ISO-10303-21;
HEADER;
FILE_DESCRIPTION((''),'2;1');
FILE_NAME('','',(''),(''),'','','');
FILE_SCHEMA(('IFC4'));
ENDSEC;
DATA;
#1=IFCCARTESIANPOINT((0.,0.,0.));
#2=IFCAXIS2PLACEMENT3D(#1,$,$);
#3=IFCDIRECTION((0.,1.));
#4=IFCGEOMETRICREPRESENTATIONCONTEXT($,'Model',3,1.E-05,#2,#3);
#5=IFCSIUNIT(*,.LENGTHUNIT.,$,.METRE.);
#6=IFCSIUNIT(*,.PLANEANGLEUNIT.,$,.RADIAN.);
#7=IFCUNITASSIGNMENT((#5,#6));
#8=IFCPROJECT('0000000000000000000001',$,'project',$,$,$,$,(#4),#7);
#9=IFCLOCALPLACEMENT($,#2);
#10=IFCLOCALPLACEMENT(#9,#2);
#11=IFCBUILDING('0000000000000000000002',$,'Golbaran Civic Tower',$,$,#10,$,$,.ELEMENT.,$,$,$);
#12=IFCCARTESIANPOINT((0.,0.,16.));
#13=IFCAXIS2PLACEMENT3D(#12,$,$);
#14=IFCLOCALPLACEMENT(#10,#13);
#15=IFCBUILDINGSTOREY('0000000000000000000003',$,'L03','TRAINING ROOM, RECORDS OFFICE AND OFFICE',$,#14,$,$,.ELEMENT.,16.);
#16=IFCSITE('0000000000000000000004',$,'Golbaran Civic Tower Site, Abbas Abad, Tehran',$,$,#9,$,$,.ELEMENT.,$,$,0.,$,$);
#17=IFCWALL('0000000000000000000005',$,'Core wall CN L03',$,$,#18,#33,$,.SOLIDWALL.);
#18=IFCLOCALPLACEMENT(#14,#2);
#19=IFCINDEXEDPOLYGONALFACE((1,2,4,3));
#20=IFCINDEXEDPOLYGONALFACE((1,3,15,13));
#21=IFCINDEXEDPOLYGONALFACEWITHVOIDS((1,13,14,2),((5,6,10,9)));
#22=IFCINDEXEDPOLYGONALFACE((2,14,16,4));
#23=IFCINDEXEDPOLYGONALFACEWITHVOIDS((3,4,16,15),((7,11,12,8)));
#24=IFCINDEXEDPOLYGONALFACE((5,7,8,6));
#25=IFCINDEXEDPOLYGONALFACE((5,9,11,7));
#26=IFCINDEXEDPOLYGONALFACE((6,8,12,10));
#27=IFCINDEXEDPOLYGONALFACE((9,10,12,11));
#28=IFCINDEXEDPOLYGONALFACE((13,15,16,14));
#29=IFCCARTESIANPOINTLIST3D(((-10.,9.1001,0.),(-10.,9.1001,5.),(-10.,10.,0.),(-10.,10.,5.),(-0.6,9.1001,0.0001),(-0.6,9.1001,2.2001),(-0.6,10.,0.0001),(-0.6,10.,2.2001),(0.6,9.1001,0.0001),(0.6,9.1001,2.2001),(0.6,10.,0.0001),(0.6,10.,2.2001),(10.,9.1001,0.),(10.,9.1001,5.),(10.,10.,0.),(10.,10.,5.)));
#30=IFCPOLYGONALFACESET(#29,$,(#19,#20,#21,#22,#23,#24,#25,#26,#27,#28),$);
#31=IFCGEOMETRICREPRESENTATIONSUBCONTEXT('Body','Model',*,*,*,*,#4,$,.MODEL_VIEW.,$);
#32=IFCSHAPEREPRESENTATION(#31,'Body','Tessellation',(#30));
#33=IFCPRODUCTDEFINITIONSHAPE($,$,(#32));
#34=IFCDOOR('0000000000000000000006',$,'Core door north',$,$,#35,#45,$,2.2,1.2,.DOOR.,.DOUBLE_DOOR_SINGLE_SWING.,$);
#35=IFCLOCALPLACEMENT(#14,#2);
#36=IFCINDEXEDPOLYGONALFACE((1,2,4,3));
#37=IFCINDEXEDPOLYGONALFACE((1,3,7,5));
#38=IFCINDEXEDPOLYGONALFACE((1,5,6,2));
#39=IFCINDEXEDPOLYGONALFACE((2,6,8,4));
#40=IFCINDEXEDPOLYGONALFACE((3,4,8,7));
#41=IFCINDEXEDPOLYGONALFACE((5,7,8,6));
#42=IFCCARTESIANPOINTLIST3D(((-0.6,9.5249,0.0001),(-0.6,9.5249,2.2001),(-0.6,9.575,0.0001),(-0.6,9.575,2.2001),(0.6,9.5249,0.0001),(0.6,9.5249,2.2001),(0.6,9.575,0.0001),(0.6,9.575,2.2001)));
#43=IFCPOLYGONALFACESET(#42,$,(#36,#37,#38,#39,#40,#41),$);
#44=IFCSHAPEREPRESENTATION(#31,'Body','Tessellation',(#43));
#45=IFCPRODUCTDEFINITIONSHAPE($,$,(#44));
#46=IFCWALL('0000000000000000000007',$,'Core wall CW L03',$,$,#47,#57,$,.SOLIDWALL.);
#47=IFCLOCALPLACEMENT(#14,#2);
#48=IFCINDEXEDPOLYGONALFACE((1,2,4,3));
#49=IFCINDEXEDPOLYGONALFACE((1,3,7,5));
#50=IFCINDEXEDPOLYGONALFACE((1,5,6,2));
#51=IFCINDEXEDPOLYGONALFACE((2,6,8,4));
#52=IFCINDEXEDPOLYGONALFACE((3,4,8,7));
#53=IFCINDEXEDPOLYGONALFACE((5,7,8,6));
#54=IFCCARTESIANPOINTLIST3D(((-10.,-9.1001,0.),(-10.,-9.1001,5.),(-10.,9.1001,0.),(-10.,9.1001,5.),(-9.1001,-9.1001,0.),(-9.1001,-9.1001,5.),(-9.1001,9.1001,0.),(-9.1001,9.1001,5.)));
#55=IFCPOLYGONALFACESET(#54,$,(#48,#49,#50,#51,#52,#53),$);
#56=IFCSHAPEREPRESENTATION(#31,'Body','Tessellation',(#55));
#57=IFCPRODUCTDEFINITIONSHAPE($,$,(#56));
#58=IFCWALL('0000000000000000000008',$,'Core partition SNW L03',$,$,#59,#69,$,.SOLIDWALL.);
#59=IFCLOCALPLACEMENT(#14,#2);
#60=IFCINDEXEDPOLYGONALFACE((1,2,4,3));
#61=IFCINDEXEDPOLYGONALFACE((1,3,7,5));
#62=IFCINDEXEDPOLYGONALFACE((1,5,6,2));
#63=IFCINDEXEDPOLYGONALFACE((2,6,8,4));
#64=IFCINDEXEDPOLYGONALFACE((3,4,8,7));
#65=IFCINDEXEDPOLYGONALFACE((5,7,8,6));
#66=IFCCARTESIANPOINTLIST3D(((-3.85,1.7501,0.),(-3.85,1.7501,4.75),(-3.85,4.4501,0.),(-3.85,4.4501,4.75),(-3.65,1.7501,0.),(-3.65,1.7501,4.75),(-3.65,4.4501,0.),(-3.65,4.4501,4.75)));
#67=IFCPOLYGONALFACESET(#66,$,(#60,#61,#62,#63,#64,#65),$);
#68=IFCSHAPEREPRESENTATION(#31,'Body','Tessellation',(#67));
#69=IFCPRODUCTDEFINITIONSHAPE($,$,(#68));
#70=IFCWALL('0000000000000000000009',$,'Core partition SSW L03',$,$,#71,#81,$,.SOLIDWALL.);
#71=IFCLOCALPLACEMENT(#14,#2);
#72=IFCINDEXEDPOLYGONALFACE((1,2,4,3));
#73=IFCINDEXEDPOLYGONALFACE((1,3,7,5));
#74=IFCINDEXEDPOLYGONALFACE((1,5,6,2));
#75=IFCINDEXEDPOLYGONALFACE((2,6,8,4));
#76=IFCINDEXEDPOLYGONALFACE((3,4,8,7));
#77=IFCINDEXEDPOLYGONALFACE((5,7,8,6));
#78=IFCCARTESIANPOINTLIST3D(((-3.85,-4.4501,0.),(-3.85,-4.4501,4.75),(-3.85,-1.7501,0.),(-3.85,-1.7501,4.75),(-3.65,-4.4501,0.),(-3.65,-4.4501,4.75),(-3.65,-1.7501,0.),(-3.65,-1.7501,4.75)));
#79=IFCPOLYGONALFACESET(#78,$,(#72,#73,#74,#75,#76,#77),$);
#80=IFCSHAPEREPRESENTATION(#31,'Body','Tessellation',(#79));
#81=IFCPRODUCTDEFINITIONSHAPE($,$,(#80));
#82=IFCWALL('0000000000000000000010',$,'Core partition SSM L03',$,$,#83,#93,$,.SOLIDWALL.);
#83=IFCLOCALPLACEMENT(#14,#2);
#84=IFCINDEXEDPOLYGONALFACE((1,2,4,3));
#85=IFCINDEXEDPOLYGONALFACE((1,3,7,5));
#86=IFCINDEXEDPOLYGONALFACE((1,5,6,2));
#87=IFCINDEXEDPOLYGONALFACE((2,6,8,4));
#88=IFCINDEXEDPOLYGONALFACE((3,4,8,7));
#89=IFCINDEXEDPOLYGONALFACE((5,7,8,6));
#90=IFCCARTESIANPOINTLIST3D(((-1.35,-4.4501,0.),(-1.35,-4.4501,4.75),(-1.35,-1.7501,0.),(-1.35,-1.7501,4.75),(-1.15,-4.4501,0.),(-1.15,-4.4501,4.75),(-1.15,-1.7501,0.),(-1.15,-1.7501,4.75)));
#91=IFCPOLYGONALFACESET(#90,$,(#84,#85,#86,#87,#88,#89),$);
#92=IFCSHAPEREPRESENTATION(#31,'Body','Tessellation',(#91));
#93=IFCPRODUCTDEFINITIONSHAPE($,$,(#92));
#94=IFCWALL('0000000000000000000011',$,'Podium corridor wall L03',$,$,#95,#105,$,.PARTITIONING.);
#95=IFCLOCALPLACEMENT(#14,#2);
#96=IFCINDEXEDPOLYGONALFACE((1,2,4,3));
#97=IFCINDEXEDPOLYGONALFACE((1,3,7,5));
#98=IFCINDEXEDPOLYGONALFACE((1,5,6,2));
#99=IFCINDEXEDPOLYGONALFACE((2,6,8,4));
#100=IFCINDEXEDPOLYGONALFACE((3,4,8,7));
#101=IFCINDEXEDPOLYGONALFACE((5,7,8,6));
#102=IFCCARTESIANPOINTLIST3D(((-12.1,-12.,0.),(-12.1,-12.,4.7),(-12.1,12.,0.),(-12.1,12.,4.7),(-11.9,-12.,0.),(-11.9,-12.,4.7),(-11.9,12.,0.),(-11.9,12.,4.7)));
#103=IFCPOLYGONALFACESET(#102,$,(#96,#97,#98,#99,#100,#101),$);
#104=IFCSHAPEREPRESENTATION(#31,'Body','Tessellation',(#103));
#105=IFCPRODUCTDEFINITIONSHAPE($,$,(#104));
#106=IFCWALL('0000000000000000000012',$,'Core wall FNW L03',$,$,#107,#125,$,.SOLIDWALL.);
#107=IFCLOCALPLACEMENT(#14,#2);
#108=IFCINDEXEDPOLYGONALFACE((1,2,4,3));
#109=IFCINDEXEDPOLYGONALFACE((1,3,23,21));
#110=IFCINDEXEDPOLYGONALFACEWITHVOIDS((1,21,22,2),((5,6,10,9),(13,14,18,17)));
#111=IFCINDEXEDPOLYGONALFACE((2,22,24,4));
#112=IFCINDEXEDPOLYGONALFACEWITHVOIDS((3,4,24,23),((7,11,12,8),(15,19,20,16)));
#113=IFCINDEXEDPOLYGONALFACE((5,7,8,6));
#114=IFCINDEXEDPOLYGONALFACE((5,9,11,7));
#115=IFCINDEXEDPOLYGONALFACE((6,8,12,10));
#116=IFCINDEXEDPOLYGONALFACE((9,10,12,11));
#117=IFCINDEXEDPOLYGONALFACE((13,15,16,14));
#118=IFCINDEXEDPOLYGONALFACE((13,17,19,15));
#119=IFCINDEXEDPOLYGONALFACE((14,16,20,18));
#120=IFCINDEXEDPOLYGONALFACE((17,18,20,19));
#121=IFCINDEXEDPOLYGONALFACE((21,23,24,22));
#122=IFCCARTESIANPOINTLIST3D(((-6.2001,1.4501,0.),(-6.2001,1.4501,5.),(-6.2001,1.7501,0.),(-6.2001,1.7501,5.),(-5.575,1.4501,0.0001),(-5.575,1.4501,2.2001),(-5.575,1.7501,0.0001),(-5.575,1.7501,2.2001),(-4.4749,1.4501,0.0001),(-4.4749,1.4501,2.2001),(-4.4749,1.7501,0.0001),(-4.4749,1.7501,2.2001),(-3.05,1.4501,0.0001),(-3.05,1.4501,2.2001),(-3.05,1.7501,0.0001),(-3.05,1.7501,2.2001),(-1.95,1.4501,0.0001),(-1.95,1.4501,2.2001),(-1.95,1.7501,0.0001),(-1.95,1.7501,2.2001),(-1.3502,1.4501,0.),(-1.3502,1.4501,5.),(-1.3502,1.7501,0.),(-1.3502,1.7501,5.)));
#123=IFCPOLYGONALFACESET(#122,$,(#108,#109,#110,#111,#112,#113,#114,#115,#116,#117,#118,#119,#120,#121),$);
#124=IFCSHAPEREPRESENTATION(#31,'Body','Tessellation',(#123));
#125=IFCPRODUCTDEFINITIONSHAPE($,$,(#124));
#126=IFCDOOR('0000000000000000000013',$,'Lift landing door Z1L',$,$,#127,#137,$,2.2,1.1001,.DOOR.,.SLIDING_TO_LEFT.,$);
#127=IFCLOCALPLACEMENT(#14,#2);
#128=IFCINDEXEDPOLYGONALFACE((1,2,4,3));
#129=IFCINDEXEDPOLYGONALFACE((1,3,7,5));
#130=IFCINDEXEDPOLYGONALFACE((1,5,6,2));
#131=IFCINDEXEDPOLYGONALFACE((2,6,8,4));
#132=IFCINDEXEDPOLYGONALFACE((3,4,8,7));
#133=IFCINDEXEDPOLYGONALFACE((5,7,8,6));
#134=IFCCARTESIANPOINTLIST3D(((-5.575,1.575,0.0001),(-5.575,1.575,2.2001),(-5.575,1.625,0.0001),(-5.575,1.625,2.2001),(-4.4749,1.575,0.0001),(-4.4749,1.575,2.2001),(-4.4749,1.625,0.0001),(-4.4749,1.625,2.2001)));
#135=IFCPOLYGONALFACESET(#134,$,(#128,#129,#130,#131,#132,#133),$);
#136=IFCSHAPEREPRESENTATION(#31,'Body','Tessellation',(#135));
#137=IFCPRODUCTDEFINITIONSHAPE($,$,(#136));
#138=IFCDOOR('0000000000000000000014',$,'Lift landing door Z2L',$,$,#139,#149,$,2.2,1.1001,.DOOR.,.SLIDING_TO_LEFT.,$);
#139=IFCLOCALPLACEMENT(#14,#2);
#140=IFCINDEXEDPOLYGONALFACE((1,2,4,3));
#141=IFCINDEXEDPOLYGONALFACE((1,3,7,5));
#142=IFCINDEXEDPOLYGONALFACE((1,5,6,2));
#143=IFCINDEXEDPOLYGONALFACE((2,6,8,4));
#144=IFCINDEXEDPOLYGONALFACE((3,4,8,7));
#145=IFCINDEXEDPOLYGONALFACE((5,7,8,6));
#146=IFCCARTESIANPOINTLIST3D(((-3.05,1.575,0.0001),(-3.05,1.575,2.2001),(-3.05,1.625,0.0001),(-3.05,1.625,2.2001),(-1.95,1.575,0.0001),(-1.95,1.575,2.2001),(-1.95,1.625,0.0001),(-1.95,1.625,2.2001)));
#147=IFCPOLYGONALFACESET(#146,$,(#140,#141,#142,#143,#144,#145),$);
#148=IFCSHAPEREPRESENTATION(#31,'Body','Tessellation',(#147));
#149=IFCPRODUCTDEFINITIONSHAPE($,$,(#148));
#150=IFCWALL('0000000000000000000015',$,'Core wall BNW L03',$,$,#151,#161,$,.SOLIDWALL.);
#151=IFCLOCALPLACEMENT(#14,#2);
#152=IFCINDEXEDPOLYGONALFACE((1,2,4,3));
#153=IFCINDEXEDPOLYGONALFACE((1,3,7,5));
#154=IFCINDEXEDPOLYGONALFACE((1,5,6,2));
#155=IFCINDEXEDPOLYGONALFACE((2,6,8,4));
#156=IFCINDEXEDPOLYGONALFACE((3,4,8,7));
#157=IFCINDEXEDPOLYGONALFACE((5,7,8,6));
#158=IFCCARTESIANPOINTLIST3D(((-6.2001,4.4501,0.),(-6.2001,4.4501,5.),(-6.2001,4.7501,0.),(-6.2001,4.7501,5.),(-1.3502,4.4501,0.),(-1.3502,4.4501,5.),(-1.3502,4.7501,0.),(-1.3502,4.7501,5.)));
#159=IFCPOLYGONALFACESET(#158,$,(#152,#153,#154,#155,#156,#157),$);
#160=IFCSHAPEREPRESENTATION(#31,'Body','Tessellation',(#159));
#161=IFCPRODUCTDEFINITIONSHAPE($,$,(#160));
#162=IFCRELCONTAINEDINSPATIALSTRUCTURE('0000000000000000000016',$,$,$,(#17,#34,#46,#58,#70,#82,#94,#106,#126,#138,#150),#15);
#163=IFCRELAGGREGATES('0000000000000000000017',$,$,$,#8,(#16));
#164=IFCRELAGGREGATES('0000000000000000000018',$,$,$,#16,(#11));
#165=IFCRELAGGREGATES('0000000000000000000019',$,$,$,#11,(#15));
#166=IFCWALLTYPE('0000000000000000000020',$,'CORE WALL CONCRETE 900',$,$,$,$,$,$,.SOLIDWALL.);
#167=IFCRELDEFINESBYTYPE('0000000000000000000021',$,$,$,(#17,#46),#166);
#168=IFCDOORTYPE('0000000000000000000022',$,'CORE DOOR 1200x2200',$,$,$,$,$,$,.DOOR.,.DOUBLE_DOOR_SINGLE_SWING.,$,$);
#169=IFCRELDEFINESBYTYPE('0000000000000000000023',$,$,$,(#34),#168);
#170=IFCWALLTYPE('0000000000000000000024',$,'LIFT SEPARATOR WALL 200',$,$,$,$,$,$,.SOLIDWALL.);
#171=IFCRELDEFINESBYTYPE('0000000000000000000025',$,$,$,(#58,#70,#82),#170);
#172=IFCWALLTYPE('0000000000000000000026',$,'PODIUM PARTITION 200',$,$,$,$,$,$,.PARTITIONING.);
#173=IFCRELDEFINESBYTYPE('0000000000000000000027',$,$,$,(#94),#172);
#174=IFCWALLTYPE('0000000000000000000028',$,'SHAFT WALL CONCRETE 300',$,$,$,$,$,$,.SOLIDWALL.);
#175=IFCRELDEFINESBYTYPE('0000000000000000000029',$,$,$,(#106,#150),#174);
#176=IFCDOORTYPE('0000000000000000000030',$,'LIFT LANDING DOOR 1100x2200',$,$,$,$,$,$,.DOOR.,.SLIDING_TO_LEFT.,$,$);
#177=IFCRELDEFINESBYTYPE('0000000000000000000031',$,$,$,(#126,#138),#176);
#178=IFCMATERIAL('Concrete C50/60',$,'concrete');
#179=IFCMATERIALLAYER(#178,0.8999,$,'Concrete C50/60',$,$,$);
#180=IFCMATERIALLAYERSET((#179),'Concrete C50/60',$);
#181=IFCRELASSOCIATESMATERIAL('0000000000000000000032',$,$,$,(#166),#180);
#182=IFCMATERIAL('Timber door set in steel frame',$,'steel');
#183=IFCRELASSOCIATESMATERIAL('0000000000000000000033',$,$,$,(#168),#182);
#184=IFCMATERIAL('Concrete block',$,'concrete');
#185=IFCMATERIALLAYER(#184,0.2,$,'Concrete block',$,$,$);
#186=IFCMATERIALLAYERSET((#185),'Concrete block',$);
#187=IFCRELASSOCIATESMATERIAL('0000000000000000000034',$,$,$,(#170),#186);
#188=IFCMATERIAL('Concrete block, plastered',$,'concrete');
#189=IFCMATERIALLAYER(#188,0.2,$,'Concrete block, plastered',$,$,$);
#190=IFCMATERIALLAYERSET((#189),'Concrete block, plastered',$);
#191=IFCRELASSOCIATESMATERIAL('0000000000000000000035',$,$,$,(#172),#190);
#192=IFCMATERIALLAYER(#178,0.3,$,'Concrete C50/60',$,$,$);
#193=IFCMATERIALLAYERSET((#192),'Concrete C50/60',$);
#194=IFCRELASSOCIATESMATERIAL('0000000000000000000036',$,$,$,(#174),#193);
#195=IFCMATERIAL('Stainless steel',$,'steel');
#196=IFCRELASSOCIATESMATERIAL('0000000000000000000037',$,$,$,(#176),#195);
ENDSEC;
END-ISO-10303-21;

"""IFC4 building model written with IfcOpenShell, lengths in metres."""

from ifc_helpers import new_model, si_unit, direction, frame, frame_2d, origin, place, context, subcontext, project, spatial, rectangle, extrude, material, layer, layer_set, type_object, element, fill, save


model = new_model("IFC4")

# Units and contexts
model_context = context("Model", 3, precision=1e-05, world=origin(), true_north=direction((0.0, 1.0)))
body_context = subcontext(model_context, "Body", "Model", "MODEL_VIEW")
ifc_project = project(units=[si_unit("LENGTHUNIT", "METRE"), si_unit("PLANEANGLEUNIT", "RADIAN")], contexts=[model_context])

# Site, building, storey
site_placement = place(None, origin())
site = spatial("IfcSite", under=ifc_project, at=site_placement, Name="Golbaran Civic Tower Site, Abbas Abad, Tehran", CompositionType="ELEMENT", RefElevation=0.0)
building_placement = place(site_placement, origin())
building = spatial("IfcBuilding", under=site, at=building_placement, Name="Golbaran Civic Tower", CompositionType="ELEMENT")
storey_placement = place(building_placement, frame((0.0, 0.0, 16.0)))
storey = spatial("IfcBuildingStorey", under=building, at=storey_placement, Name="L03", Description="TRAINING ROOM, RECORDS OFFICE AND OFFICE", CompositionType="ELEMENT", Elevation=16.0)

# Wall, opening, door
ifc_material_1 = material(Name="Concrete C50/60", Category="concrete")
ifc_layer_1 = layer(ifc_material_1, 0.8999, Name="Concrete C50/60")
ifc_layer_set_1 = layer_set([ifc_layer_1], Name="Concrete C50/60")
wall_type_1 = type_object("IfcWallType", Name="CORE WALL CONCRETE 900", PredefinedType="SOLIDWALL", material=ifc_layer_set_1)
wall_1_placement = place(storey_placement, frame((-10.0, 9.55, 0.0), z_axis=(0.0, 0.0, 1.0), x_axis=(1.0, 0.0, 0.0)))
wall_1 = element("IfcWall", 1, at=wall_1_placement, inside=storey, type_object=wall_type_1, Name="Core wall CN L03", PredefinedType="SOLIDWALL", context=body_context, shape_type="SweptSolid", body=[
    extrude(rectangle(XDim=20.0, YDim=0.8999, at=frame_2d((10.0, 0.0))), origin(), (0.0, 0.0, 1.0), 5.0),
])
opening_1_placement = place(wall_1_placement, frame((9.3999, 0.0, 0.0)))
opening_1 = element("IfcOpeningElement", 2, at=opening_1_placement, cuts=wall_1, PredefinedType="OPENING", context=body_context, shape_type="SweptSolid", body=[
    extrude(rectangle(XDim=1.2, YDim=2.2, at=frame_2d((0.6001, 1.1001))), frame((0.0, 0.46, 0.0), z_axis=(0.0, -1.0, 0.0), x_axis=(1.0, 0.0, 0.0)), (0.0, 0.0, 1.0), 0.9199),
])
ifc_material_2 = material(Name="Timber door set in steel frame", Category="steel")
door_type_1 = type_object("IfcDoorType", Name="CORE DOOR 1200x2200", OperationType="DOUBLE_DOOR_SINGLE_SWING", PredefinedType="DOOR", material=ifc_material_2)
door_1_placement = place(opening_1_placement, origin())
door_1 = element("IfcDoor", 3, at=door_1_placement, inside=storey, type_object=door_type_1, Name="Core door north", OperationType="DOUBLE_DOOR_SINGLE_SWING", OverallHeight=2.2, OverallWidth=1.2, PredefinedType="DOOR", context=body_context, shape_type="SweptSolid", body=[
    extrude(rectangle(XDim=1.2, YDim=2.2, at=frame_2d((0.6001, 1.1001))), frame((0.0, 0.0249, 0.0), z_axis=(0.0, -1.0, 0.0), x_axis=(1.0, 0.0, 0.0)), (0.0, 0.0, 1.0), 0.05),
])
fill(opening_1, door_1)

# Walls
wall_2_placement = place(storey_placement, frame((-9.55, 9.1001, 0.0), z_axis=(0.0, 0.0, 1.0), x_axis=(0.0, -1.0, 0.0)))
element("IfcWall", 4, at=wall_2_placement, inside=storey, type_object=wall_type_1, Name="Core wall CW L03", PredefinedType="SOLIDWALL", context=body_context, shape_type="SweptSolid", body=[
    extrude(rectangle(XDim=18.2002, YDim=0.8999, at=frame_2d((9.1001, 0.0))), origin(), (0.0, 0.0, 1.0), 5.0),
])
ifc_material_3 = material(Name="Concrete block", Category="concrete")
ifc_layer_2 = layer(ifc_material_3, 0.2, Name="Concrete block")
ifc_layer_set_2 = layer_set([ifc_layer_2], Name="Concrete block")
wall_type_2 = type_object("IfcWallType", Name="LIFT SEPARATOR WALL 200", PredefinedType="SOLIDWALL", material=ifc_layer_set_2)
for number, where, z_axis, x_axis, name in (
    (5, (-3.75, 1.75, 0.0), (0.0, 0.0, 1.0), (0.0, 1.0, 0.0), "Core partition SNW L03"),
    (6, (-3.75, -1.75, 0.0), (0.0, 0.0, 1.0), (0.0, -1.0, 0.0), "Core partition SSW L03"),
    (7, (-1.25, -1.75, 0.0), (0.0, 0.0, 1.0), (0.0, -1.0, 0.0), "Core partition SSM L03"),
):
    element("IfcWall", number, at=place(storey_placement, frame(where, z_axis=z_axis, x_axis=x_axis)), inside=storey, type_object=wall_type_2, Name=name, PredefinedType="SOLIDWALL", context=body_context, shape_type="SweptSolid", body=[
        extrude(rectangle(XDim=2.7, YDim=0.2, at=frame_2d((1.3501, 0.0))), origin(), (0.0, 0.0, 1.0), 4.75),
    ])
ifc_material_4 = material(Name="Concrete block, plastered", Category="concrete")
ifc_layer_3 = layer(ifc_material_4, 0.2, Name="Concrete block, plastered")
ifc_layer_set_3 = layer_set([ifc_layer_3], Name="Concrete block, plastered")
wall_type_3 = type_object("IfcWallType", Name="PODIUM PARTITION 200", PredefinedType="PARTITIONING", material=ifc_layer_set_3)
wall_3_placement = place(storey_placement, frame((-12.0, 12.0, 0.0), z_axis=(0.0, 0.0, 1.0), x_axis=(0.0, -1.0, 0.0)))
element("IfcWall", 8, at=wall_3_placement, inside=storey, type_object=wall_type_3, Name="Podium corridor wall L03", PredefinedType="PARTITIONING", context=body_context, shape_type="SweptSolid", body=[
    extrude(rectangle(XDim=24.0, YDim=0.2, at=frame_2d((12.0, 0.0))), origin(), (0.0, 0.0, 1.0), 4.7),
])

# Wall, openings, doors
ifc_layer_4 = layer(ifc_material_1, 0.3, Name="Concrete C50/60")
ifc_layer_set_4 = layer_set([ifc_layer_4], Name="Concrete C50/60")
wall_type_4 = type_object("IfcWallType", Name="SHAFT WALL CONCRETE 300", PredefinedType="SOLIDWALL", material=ifc_layer_set_4)
wall_4_placement = place(storey_placement, frame((-6.2, 1.6001, 0.0), z_axis=(0.0, 0.0, 1.0), x_axis=(1.0, 0.0, 0.0)))
wall_4 = element("IfcWall", 9, at=wall_4_placement, inside=storey, type_object=wall_type_4, Name="Core wall FNW L03", PredefinedType="SOLIDWALL", context=body_context, shape_type="SweptSolid", body=[
    extrude(rectangle(XDim=4.8499, YDim=0.3, at=frame_2d((2.4248, 0.0))), origin(), (0.0, 0.0, 1.0), 5.0),
])
opening_2_placement = place(wall_4_placement, frame((0.625, 0.0, 0.0)))
opening_2 = element("IfcOpeningElement", 10, at=opening_2_placement, cuts=wall_4, PredefinedType="OPENING", context=body_context, shape_type="SweptSolid", body=[
    extrude(rectangle(XDim=1.1001, YDim=2.2, at=frame_2d((0.55, 1.1001))), frame((0.0, 0.1599, 0.0), z_axis=(0.0, -1.0, 0.0), x_axis=(1.0, 0.0, 0.0)), (0.0, 0.0, 1.0), 0.3201),
])
opening_3_placement = place(wall_4_placement, frame((3.1499, 0.0, 0.0)))
opening_3 = element("IfcOpeningElement", 11, at=opening_3_placement, cuts=wall_4, PredefinedType="OPENING", context=body_context, shape_type="SweptSolid", body=[
    extrude(rectangle(XDim=1.1001, YDim=2.2, at=frame_2d((0.55, 1.1001))), frame((0.0, 0.1599, 0.0), z_axis=(0.0, -1.0, 0.0), x_axis=(1.0, 0.0, 0.0)), (0.0, 0.0, 1.0), 0.3201),
])
ifc_material_5 = material(Name="Stainless steel", Category="steel")
door_type_2 = type_object("IfcDoorType", Name="LIFT LANDING DOOR 1100x2200", OperationType="SLIDING_TO_LEFT", PredefinedType="DOOR", material=ifc_material_5)
door_2_placement = place(opening_2_placement, origin())
door_2 = element("IfcDoor", 12, at=door_2_placement, inside=storey, type_object=door_type_2, Name="Lift landing door Z1L", OperationType="SLIDING_TO_LEFT", OverallHeight=2.2, OverallWidth=1.1001, PredefinedType="DOOR", context=body_context, shape_type="SweptSolid", body=[
    extrude(rectangle(XDim=1.1001, YDim=2.2, at=frame_2d((0.55, 1.1001))), frame((0.0, 0.0249, 0.0), z_axis=(0.0, -1.0, 0.0), x_axis=(1.0, 0.0, 0.0)), (0.0, 0.0, 1.0), 0.05),
])
fill(opening_2, door_2)
door_3_placement = place(opening_3_placement, origin())
door_3 = element("IfcDoor", 13, at=door_3_placement, inside=storey, type_object=door_type_2, Name="Lift landing door Z2L", OperationType="SLIDING_TO_LEFT", OverallHeight=2.2, OverallWidth=1.1001, PredefinedType="DOOR", context=body_context, shape_type="SweptSolid", body=[
    extrude(rectangle(XDim=1.1001, YDim=2.2, at=frame_2d((0.55, 1.1001))), frame((0.0, 0.0249, 0.0), z_axis=(0.0, -1.0, 0.0), x_axis=(1.0, 0.0, 0.0)), (0.0, 0.0, 1.0), 0.05),
])
fill(opening_3, door_3)

# Wall
wall_5_placement = place(storey_placement, frame((-6.2, 4.6001, 0.0), z_axis=(0.0, 0.0, 1.0), x_axis=(1.0, 0.0, 0.0)))
element("IfcWall", 14, at=wall_5_placement, inside=storey, type_object=wall_type_4, Name="Core wall BNW L03", PredefinedType="SOLIDWALL", context=body_context, shape_type="SweptSolid", body=[
    extrude(rectangle(XDim=4.8499, YDim=0.3, at=frame_2d((2.4248, 0.0))), origin(), (0.0, 0.0, 1.0), 5.0),
])

save(model, "model.ifc")
